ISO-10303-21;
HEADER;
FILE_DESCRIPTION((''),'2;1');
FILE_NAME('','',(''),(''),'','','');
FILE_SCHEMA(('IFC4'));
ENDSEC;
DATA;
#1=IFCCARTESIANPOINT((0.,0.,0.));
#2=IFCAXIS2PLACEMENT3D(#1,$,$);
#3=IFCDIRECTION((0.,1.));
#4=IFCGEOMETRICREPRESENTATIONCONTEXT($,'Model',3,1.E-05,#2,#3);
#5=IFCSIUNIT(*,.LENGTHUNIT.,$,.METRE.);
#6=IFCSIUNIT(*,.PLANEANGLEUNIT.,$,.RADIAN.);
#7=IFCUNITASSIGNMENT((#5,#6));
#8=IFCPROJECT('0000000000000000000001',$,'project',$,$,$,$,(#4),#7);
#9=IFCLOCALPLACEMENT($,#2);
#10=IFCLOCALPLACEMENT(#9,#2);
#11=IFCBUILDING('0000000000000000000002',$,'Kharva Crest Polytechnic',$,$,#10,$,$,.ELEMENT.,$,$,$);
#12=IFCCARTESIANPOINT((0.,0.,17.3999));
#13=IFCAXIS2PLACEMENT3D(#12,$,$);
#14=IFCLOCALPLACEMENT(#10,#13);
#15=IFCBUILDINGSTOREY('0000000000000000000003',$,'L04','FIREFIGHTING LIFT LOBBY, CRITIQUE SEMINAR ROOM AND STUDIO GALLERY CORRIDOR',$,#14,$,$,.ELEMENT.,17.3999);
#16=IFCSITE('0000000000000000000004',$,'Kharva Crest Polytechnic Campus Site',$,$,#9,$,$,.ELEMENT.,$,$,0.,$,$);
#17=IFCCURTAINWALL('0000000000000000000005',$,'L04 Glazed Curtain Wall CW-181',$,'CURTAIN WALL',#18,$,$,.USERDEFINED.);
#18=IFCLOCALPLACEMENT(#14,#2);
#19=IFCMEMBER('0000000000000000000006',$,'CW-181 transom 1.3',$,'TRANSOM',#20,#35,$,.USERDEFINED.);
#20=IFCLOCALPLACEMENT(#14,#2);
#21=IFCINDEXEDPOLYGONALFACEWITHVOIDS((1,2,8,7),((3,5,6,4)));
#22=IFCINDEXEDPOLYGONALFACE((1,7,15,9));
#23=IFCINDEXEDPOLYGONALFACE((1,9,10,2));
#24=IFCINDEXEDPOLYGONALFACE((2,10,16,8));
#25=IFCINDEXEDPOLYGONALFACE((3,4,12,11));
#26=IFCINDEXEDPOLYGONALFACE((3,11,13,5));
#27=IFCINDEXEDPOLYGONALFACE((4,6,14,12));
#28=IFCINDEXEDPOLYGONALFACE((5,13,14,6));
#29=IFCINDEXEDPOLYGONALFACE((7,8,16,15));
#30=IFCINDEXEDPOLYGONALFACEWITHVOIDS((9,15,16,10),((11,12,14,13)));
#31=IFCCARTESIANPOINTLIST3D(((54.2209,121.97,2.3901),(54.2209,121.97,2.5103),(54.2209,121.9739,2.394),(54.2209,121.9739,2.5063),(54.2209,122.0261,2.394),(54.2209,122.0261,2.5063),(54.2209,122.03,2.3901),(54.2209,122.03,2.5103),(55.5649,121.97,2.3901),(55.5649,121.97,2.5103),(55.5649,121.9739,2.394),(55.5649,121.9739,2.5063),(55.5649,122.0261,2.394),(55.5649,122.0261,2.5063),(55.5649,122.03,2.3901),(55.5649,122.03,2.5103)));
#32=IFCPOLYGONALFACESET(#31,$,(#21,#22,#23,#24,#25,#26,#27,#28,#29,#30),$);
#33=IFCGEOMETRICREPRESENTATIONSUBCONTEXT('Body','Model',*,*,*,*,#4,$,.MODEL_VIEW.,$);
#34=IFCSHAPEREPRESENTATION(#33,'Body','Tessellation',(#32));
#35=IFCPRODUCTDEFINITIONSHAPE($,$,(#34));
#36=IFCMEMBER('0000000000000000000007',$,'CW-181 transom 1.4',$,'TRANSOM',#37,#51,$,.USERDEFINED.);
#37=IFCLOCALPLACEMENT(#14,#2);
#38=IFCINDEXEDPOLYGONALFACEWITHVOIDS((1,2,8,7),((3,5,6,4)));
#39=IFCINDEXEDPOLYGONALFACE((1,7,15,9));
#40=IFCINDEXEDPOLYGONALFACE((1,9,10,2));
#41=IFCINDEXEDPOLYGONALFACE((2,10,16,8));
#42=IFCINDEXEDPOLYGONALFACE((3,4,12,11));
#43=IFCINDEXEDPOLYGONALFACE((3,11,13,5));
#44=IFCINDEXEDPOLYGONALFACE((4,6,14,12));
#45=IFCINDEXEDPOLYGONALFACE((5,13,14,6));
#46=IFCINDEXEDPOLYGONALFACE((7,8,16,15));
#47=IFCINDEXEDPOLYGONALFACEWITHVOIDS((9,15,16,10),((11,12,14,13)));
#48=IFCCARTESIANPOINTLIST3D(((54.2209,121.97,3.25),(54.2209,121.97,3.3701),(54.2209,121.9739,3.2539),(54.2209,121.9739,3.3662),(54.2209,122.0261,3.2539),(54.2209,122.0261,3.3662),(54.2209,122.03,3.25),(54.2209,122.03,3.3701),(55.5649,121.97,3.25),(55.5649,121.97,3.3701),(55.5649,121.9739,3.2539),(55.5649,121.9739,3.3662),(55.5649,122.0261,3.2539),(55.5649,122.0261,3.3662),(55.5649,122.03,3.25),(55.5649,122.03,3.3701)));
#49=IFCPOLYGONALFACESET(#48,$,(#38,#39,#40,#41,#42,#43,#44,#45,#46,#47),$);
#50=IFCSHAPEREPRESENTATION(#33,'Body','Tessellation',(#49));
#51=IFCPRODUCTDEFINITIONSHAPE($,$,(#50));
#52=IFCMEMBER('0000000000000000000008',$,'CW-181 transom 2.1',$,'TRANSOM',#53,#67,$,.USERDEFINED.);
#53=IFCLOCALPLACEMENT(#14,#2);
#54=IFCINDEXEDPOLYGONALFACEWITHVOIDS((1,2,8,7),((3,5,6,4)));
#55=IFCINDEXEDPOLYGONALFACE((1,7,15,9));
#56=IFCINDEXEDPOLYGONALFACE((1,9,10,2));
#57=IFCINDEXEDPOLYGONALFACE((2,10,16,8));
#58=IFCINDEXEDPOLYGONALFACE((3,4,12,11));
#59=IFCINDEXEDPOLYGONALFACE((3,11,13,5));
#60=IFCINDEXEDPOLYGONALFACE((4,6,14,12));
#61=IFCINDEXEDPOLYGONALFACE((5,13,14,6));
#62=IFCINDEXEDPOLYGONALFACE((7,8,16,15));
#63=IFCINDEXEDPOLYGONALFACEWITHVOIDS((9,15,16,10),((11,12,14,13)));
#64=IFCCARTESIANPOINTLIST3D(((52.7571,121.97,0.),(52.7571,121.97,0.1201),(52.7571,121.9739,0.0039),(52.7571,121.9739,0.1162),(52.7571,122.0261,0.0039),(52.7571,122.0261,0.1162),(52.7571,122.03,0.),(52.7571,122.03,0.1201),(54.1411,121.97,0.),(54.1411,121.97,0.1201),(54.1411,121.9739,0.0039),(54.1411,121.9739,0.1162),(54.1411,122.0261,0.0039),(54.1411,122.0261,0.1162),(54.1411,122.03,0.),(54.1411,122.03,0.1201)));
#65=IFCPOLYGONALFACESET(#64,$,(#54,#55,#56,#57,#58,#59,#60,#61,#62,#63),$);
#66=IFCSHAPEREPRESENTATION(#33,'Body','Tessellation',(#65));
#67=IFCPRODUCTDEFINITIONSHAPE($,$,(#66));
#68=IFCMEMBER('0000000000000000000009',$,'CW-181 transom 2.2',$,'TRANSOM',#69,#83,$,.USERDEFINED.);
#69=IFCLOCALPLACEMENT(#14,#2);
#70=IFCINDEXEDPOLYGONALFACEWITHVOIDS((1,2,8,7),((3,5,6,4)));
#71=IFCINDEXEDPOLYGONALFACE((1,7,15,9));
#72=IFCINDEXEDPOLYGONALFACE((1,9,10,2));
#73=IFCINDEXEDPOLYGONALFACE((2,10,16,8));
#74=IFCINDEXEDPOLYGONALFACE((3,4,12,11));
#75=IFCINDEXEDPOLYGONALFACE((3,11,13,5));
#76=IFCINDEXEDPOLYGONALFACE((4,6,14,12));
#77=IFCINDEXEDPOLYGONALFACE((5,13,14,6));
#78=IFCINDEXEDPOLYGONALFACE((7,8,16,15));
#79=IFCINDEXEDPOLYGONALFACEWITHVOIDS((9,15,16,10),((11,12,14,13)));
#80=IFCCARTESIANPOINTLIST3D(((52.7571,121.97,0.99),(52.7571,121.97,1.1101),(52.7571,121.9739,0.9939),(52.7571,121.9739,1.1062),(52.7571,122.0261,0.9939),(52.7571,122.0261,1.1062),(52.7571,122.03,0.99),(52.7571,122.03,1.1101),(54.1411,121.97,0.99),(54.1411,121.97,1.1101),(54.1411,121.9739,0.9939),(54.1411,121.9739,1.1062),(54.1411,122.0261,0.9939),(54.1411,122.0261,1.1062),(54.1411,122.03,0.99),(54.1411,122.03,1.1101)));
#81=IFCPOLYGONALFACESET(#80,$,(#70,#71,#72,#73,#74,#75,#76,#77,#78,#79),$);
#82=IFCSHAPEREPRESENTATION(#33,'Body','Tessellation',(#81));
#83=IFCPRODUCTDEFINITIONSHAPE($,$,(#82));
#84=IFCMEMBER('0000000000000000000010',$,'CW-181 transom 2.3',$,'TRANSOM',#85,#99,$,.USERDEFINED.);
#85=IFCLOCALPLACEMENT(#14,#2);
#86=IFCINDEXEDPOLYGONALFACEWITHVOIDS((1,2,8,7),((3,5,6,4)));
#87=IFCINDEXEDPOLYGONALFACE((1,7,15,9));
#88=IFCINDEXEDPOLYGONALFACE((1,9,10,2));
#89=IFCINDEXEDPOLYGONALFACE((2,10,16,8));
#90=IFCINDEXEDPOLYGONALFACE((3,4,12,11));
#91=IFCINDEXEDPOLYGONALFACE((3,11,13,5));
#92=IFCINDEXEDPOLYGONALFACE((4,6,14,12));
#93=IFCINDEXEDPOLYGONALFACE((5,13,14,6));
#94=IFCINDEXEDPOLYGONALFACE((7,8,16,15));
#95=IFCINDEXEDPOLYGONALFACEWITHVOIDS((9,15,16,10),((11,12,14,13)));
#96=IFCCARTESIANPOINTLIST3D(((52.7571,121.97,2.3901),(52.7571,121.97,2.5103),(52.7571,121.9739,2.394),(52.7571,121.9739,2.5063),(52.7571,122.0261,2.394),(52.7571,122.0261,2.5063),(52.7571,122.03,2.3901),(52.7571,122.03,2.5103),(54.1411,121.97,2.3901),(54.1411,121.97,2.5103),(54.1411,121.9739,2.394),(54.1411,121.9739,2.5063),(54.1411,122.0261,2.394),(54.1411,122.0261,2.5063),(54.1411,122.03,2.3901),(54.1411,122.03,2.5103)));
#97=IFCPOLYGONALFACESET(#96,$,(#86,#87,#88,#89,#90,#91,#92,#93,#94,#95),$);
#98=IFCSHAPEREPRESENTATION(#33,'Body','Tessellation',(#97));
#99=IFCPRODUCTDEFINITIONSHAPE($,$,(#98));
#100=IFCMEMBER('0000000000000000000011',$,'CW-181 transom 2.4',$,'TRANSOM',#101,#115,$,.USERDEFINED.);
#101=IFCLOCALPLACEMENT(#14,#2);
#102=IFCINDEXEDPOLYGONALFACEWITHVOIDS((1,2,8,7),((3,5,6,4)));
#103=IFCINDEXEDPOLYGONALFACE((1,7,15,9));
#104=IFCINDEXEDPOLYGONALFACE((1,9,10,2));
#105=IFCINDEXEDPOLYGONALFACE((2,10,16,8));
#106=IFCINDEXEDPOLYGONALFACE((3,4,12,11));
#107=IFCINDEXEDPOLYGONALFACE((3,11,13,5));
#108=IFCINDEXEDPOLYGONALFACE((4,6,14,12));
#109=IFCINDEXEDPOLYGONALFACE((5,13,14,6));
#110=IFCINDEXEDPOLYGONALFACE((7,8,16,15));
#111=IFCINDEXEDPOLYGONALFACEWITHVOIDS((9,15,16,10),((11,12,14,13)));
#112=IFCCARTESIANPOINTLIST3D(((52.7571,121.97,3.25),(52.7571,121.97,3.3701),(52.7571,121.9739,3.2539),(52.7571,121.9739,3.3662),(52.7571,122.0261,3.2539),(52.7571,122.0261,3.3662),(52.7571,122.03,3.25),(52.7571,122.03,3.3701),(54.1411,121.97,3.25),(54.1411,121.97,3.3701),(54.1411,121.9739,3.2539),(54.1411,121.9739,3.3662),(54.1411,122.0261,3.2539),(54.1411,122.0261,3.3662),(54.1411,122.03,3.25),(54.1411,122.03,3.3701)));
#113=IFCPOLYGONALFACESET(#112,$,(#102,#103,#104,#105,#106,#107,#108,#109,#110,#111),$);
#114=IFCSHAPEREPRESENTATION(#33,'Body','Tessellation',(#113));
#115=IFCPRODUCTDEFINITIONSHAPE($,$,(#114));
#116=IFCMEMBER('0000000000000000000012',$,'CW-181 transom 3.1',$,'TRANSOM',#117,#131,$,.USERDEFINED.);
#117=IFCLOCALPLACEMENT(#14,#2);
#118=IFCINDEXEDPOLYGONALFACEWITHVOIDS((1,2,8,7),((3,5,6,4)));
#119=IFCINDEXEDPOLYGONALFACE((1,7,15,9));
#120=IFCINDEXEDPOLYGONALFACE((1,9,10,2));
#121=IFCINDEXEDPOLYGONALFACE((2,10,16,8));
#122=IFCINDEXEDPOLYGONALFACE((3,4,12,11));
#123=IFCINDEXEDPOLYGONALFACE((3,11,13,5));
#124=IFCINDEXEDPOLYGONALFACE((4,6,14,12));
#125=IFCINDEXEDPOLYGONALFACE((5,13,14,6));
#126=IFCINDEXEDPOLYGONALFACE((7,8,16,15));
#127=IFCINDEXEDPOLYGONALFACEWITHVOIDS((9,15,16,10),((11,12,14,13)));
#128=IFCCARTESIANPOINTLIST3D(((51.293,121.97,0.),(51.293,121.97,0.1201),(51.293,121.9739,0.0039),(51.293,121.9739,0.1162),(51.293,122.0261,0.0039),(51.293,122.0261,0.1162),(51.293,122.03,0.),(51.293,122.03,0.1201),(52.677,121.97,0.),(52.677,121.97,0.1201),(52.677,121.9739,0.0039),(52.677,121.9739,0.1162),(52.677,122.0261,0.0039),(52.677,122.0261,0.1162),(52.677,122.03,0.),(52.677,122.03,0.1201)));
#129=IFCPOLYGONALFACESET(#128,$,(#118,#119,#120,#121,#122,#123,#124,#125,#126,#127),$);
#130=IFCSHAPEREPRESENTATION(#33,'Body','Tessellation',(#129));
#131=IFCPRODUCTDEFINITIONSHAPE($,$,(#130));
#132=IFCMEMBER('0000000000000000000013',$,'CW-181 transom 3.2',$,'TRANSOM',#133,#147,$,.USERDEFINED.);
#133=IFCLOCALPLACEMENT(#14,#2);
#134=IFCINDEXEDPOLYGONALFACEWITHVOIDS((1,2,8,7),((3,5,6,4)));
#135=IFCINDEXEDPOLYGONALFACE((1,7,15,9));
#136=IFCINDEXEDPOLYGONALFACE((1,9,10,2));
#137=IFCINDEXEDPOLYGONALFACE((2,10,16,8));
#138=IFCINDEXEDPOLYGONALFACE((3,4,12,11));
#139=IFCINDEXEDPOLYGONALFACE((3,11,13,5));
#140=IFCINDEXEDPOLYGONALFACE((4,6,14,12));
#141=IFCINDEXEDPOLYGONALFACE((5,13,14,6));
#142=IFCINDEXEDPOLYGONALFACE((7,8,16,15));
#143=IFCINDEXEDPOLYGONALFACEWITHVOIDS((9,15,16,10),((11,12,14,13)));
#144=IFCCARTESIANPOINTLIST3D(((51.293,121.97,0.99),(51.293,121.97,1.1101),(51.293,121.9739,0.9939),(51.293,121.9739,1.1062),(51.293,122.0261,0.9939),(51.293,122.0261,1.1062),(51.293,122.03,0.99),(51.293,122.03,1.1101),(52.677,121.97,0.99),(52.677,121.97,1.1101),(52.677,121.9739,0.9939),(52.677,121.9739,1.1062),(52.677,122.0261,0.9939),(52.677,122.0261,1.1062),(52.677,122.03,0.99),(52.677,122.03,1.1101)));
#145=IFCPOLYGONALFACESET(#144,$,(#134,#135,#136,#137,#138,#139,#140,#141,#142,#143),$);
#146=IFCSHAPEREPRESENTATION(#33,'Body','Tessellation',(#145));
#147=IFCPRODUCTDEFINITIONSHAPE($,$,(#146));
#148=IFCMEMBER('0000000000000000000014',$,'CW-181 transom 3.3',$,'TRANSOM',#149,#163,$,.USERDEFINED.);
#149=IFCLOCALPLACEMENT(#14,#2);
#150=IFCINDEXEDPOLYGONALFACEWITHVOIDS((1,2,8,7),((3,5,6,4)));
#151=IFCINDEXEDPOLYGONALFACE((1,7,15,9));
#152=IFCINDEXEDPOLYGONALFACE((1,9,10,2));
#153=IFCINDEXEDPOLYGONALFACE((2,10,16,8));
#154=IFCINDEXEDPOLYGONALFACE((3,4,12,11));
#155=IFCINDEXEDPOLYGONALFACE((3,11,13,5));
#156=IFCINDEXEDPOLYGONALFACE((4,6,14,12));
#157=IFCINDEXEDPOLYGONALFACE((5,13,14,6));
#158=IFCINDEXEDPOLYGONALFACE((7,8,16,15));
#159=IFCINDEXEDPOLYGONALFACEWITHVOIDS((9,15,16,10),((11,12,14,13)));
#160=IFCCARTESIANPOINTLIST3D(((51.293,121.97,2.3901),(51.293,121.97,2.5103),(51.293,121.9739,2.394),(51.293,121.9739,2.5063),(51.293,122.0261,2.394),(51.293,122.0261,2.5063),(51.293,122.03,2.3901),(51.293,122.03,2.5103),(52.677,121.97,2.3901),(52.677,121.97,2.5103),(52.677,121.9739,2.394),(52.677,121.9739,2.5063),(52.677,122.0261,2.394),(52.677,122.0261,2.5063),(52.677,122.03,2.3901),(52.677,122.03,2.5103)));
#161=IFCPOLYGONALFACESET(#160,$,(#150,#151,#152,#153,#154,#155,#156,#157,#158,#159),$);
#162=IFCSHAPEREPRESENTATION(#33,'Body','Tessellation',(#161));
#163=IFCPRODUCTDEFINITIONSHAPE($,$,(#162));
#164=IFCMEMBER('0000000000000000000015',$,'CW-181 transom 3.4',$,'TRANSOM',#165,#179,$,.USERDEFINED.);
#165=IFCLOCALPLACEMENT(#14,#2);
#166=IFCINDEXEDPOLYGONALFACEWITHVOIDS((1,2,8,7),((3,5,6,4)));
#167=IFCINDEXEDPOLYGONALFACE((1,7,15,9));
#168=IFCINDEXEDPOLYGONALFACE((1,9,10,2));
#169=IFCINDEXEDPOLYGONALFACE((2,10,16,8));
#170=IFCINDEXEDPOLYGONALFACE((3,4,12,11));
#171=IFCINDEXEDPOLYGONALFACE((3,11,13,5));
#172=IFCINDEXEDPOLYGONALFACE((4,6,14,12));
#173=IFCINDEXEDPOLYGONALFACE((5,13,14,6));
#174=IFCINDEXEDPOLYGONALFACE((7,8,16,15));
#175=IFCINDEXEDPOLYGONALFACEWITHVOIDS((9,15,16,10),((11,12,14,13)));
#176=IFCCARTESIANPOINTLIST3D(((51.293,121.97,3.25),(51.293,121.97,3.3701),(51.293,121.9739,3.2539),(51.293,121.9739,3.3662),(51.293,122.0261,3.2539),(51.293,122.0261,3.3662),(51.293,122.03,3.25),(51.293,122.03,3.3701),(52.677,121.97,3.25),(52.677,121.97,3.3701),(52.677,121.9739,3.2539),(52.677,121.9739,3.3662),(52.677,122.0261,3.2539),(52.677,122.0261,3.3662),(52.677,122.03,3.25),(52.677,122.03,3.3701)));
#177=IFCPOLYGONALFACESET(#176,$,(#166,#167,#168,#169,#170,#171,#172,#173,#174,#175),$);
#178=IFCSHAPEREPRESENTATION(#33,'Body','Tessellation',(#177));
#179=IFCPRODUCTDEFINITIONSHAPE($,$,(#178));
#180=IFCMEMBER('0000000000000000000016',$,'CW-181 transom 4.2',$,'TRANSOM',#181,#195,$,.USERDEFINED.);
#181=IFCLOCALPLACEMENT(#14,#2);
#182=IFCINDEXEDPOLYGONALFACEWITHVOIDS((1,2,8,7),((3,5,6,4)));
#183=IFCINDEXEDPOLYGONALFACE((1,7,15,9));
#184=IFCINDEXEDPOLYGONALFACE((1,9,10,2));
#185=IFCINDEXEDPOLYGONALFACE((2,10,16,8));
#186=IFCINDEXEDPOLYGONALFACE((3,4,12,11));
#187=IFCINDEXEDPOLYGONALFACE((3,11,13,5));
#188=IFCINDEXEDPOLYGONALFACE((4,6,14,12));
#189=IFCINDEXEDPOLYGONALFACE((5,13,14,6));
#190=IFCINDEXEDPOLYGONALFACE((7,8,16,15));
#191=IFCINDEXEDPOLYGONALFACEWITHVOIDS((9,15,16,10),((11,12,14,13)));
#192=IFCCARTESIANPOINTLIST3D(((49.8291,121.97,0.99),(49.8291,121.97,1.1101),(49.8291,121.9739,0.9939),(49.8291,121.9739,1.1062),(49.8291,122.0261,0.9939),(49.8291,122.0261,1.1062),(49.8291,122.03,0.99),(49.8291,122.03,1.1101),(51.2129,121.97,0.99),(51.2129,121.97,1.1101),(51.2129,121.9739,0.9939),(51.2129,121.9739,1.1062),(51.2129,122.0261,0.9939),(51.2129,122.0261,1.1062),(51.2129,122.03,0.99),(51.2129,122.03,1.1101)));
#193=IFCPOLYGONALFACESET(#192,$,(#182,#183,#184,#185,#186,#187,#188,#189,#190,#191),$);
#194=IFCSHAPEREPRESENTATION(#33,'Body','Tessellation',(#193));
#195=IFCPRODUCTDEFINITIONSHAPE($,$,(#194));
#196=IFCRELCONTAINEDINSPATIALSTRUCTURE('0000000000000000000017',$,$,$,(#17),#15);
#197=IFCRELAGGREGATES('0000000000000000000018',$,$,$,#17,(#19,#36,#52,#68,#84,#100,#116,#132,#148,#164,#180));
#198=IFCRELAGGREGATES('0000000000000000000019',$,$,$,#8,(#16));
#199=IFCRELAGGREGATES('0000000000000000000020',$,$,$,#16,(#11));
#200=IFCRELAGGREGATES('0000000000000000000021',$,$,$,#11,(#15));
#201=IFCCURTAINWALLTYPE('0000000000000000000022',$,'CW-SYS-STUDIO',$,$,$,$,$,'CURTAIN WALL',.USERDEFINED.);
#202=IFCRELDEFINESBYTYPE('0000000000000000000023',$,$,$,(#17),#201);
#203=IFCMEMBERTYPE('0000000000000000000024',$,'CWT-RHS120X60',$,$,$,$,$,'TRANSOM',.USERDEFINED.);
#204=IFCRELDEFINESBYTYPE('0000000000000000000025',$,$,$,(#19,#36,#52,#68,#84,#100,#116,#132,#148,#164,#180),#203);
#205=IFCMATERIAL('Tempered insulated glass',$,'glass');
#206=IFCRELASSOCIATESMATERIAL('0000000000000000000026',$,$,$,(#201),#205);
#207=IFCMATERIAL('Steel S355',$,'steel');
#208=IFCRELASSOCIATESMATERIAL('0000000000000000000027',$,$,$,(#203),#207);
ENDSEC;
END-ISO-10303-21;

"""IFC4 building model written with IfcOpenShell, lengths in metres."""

from ifc_helpers import new_model, si_unit, direction, frame, origin, origin_2d, place, context, subcontext, project, spatial, hollow_rectangle, extrude, material, material_profile, profile_set, type_object, element, aggregate, save


model = new_model("IFC4")

# Units and contexts
model_context = context("Model", 3, precision=1e-05, world=origin(), true_north=direction((0.0, 1.0)))
body_context = subcontext(model_context, "Body", "Model", "MODEL_VIEW")
ifc_project = project(units=[si_unit("LENGTHUNIT", "METRE"), si_unit("PLANEANGLEUNIT", "RADIAN")], contexts=[model_context])

# Site, building, storey
site_placement = place(None, origin())
site = spatial("IfcSite", under=ifc_project, at=site_placement, Name="Kharva Crest Polytechnic Campus Site", CompositionType="ELEMENT", RefElevation=0.0)
building_placement = place(site_placement, origin())
building = spatial("IfcBuilding", under=site, at=building_placement, Name="Kharva Crest Polytechnic", CompositionType="ELEMENT")
storey_placement = place(building_placement, frame((0.0, 0.0, 17.3999)))
storey = spatial("IfcBuildingStorey", under=building, at=storey_placement, Name="L04", Description="FIREFIGHTING LIFT LOBBY, CRITIQUE SEMINAR ROOM AND STUDIO GALLERY CORRIDOR", CompositionType="ELEMENT", Elevation=17.3999)

# Shared definitions
ifc_material_1 = material(Name="Tempered insulated glass", Category="glass")
curtain_wall_type = type_object("IfcCurtainWallType", Name="CW-SYS-STUDIO", ElementType="CURTAIN WALL", PredefinedType="USERDEFINED", material=ifc_material_1)
ifc_material_2 = material(Name="Steel S355", Category="steel")

# Curtain wall, members
curtain_wall_1_placement = place(storey_placement, origin())
curtain_wall_1 = element("IfcCurtainWall", 1, at=curtain_wall_1_placement, inside=storey, type_object=curtain_wall_type, Name="L04 Glazed Curtain Wall CW-181", ObjectType="CURTAIN WALL", PredefinedType="USERDEFINED")
ifc_material_profile_1 = material_profile(ifc_material_2, hollow_rectangle(XDim=0.0601, YDim=0.1201, WallThickness=0.0039, at=origin_2d()), Name="RHS 120X60X4.0")
ifc_profile_set_1 = profile_set([ifc_material_profile_1], Name="Steel S355")
member_type_1 = type_object("IfcMemberType", Name="CWT-RHS120X60", ElementType="TRANSOM", PredefinedType="USERDEFINED", material=ifc_profile_set_1)
member_1_placement = place(storey_placement, frame((55.5649, 122.0, 2.4502), z_axis=(-1.0, 0.0, 0.0), x_axis=(0.0, -1.0, 0.0)))
member_1 = element("IfcMember", 2, at=member_1_placement, type_object=member_type_1, Name="CW-181 transom 1.3", ObjectType="TRANSOM", PredefinedType="USERDEFINED", context=body_context, shape_type="SweptSolid", body=[
    extrude(hollow_rectangle(XDim=0.0601, YDim=0.1201, WallThickness=0.0039, at=origin_2d()), origin(), (0.0, 0.0, 1.0), 1.344),
])
member_2_placement = place(storey_placement, frame((55.5649, 122.0, 3.3101), z_axis=(-1.0, 0.0, 0.0), x_axis=(0.0, -1.0, 0.0)))
member_2 = element("IfcMember", 3, at=member_2_placement, type_object=member_type_1, Name="CW-181 transom 1.4", ObjectType="TRANSOM", PredefinedType="USERDEFINED", context=body_context, shape_type="SweptSolid", body=[
    extrude(hollow_rectangle(XDim=0.0601, YDim=0.1201, WallThickness=0.0039, at=origin_2d()), origin(), (0.0, 0.0, 1.0), 1.344),
])
member_3_placement = place(storey_placement, frame((54.1411, 122.0, 0.0601), z_axis=(-1.0, 0.0, 0.0), x_axis=(0.0, -1.0, 0.0)))
member_3 = element("IfcMember", 4, at=member_3_placement, type_object=member_type_1, Name="CW-181 transom 2.1", ObjectType="TRANSOM", PredefinedType="USERDEFINED", context=body_context, shape_type="SweptSolid", body=[
    extrude(hollow_rectangle(XDim=0.0601, YDim=0.1201, WallThickness=0.0039, at=origin_2d()), origin(), (0.0, 0.0, 1.0), 1.384),
])
member_4_placement = place(storey_placement, frame((54.1411, 122.0, 1.05), z_axis=(-1.0, 0.0, 0.0), x_axis=(0.0, -1.0, 0.0)))
member_4 = element("IfcMember", 5, at=member_4_placement, type_object=member_type_1, Name="CW-181 transom 2.2", ObjectType="TRANSOM", PredefinedType="USERDEFINED", context=body_context, shape_type="SweptSolid", body=[
    extrude(hollow_rectangle(XDim=0.0601, YDim=0.1201, WallThickness=0.0039, at=origin_2d()), origin(), (0.0, 0.0, 1.0), 1.384),
])
member_5_placement = place(storey_placement, frame((54.1411, 122.0, 2.4502), z_axis=(-1.0, 0.0, 0.0), x_axis=(0.0, -1.0, 0.0)))
member_5 = element("IfcMember", 6, at=member_5_placement, type_object=member_type_1, Name="CW-181 transom 2.3", ObjectType="TRANSOM", PredefinedType="USERDEFINED", context=body_context, shape_type="SweptSolid", body=[
    extrude(hollow_rectangle(XDim=0.0601, YDim=0.1201, WallThickness=0.0039, at=origin_2d()), origin(), (0.0, 0.0, 1.0), 1.384),
])
member_6_placement = place(storey_placement, frame((54.1411, 122.0, 3.3101), z_axis=(-1.0, 0.0, 0.0), x_axis=(0.0, -1.0, 0.0)))
member_6 = element("IfcMember", 7, at=member_6_placement, type_object=member_type_1, Name="CW-181 transom 2.4", ObjectType="TRANSOM", PredefinedType="USERDEFINED", context=body_context, shape_type="SweptSolid", body=[
    extrude(hollow_rectangle(XDim=0.0601, YDim=0.1201, WallThickness=0.0039, at=origin_2d()), origin(), (0.0, 0.0, 1.0), 1.384),
])
member_7_placement = place(storey_placement, frame((52.677, 122.0, 0.0601), z_axis=(-1.0, 0.0, 0.0), x_axis=(0.0, -1.0, 0.0)))
member_7 = element("IfcMember", 8, at=member_7_placement, type_object=member_type_1, Name="CW-181 transom 3.1", ObjectType="TRANSOM", PredefinedType="USERDEFINED", context=body_context, shape_type="SweptSolid", body=[
    extrude(hollow_rectangle(XDim=0.0601, YDim=0.1201, WallThickness=0.0039, at=origin_2d()), origin(), (0.0, 0.0, 1.0), 1.384),
])
member_8_placement = place(storey_placement, frame((52.677, 122.0, 1.05), z_axis=(-1.0, 0.0, 0.0), x_axis=(0.0, -1.0, 0.0)))
member_8 = element("IfcMember", 9, at=member_8_placement, type_object=member_type_1, Name="CW-181 transom 3.2", ObjectType="TRANSOM", PredefinedType="USERDEFINED", context=body_context, shape_type="SweptSolid", body=[
    extrude(hollow_rectangle(XDim=0.0601, YDim=0.1201, WallThickness=0.0039, at=origin_2d()), origin(), (0.0, 0.0, 1.0), 1.384),
])
member_9_placement = place(storey_placement, frame((52.677, 122.0, 2.4502), z_axis=(-1.0, 0.0, 0.0), x_axis=(0.0, -1.0, 0.0)))
member_9 = element("IfcMember", 10, at=member_9_placement, type_object=member_type_1, Name="CW-181 transom 3.3", ObjectType="TRANSOM", PredefinedType="USERDEFINED", context=body_context, shape_type="SweptSolid", body=[
    extrude(hollow_rectangle(XDim=0.0601, YDim=0.1201, WallThickness=0.0039, at=origin_2d()), origin(), (0.0, 0.0, 1.0), 1.384),
])
member_10_placement = place(storey_placement, frame((52.677, 122.0, 3.3101), z_axis=(-1.0, 0.0, 0.0), x_axis=(0.0, -1.0, 0.0)))
member_10 = element("IfcMember", 11, at=member_10_placement, type_object=member_type_1, Name="CW-181 transom 3.4", ObjectType="TRANSOM", PredefinedType="USERDEFINED", context=body_context, shape_type="SweptSolid", body=[
    extrude(hollow_rectangle(XDim=0.0601, YDim=0.1201, WallThickness=0.0039, at=origin_2d()), origin(), (0.0, 0.0, 1.0), 1.384),
])
member_11_placement = place(storey_placement, frame((51.2129, 122.0, 1.05), z_axis=(-1.0, 0.0, 0.0), x_axis=(0.0, -1.0, 0.0)))
member_11 = element("IfcMember", 12, at=member_11_placement, type_object=member_type_1, Name="CW-181 transom 4.2", ObjectType="TRANSOM", PredefinedType="USERDEFINED", context=body_context, shape_type="SweptSolid", body=[
    extrude(hollow_rectangle(XDim=0.0601, YDim=0.1201, WallThickness=0.0039, at=origin_2d()), origin(), (0.0, 0.0, 1.0), 1.3838),
])

aggregate(curtain_wall_1, [member_1, member_2, member_3, member_4, member_5, member_6, member_7, member_8, member_9, member_10, member_11])

save(model, "model.ifc")
